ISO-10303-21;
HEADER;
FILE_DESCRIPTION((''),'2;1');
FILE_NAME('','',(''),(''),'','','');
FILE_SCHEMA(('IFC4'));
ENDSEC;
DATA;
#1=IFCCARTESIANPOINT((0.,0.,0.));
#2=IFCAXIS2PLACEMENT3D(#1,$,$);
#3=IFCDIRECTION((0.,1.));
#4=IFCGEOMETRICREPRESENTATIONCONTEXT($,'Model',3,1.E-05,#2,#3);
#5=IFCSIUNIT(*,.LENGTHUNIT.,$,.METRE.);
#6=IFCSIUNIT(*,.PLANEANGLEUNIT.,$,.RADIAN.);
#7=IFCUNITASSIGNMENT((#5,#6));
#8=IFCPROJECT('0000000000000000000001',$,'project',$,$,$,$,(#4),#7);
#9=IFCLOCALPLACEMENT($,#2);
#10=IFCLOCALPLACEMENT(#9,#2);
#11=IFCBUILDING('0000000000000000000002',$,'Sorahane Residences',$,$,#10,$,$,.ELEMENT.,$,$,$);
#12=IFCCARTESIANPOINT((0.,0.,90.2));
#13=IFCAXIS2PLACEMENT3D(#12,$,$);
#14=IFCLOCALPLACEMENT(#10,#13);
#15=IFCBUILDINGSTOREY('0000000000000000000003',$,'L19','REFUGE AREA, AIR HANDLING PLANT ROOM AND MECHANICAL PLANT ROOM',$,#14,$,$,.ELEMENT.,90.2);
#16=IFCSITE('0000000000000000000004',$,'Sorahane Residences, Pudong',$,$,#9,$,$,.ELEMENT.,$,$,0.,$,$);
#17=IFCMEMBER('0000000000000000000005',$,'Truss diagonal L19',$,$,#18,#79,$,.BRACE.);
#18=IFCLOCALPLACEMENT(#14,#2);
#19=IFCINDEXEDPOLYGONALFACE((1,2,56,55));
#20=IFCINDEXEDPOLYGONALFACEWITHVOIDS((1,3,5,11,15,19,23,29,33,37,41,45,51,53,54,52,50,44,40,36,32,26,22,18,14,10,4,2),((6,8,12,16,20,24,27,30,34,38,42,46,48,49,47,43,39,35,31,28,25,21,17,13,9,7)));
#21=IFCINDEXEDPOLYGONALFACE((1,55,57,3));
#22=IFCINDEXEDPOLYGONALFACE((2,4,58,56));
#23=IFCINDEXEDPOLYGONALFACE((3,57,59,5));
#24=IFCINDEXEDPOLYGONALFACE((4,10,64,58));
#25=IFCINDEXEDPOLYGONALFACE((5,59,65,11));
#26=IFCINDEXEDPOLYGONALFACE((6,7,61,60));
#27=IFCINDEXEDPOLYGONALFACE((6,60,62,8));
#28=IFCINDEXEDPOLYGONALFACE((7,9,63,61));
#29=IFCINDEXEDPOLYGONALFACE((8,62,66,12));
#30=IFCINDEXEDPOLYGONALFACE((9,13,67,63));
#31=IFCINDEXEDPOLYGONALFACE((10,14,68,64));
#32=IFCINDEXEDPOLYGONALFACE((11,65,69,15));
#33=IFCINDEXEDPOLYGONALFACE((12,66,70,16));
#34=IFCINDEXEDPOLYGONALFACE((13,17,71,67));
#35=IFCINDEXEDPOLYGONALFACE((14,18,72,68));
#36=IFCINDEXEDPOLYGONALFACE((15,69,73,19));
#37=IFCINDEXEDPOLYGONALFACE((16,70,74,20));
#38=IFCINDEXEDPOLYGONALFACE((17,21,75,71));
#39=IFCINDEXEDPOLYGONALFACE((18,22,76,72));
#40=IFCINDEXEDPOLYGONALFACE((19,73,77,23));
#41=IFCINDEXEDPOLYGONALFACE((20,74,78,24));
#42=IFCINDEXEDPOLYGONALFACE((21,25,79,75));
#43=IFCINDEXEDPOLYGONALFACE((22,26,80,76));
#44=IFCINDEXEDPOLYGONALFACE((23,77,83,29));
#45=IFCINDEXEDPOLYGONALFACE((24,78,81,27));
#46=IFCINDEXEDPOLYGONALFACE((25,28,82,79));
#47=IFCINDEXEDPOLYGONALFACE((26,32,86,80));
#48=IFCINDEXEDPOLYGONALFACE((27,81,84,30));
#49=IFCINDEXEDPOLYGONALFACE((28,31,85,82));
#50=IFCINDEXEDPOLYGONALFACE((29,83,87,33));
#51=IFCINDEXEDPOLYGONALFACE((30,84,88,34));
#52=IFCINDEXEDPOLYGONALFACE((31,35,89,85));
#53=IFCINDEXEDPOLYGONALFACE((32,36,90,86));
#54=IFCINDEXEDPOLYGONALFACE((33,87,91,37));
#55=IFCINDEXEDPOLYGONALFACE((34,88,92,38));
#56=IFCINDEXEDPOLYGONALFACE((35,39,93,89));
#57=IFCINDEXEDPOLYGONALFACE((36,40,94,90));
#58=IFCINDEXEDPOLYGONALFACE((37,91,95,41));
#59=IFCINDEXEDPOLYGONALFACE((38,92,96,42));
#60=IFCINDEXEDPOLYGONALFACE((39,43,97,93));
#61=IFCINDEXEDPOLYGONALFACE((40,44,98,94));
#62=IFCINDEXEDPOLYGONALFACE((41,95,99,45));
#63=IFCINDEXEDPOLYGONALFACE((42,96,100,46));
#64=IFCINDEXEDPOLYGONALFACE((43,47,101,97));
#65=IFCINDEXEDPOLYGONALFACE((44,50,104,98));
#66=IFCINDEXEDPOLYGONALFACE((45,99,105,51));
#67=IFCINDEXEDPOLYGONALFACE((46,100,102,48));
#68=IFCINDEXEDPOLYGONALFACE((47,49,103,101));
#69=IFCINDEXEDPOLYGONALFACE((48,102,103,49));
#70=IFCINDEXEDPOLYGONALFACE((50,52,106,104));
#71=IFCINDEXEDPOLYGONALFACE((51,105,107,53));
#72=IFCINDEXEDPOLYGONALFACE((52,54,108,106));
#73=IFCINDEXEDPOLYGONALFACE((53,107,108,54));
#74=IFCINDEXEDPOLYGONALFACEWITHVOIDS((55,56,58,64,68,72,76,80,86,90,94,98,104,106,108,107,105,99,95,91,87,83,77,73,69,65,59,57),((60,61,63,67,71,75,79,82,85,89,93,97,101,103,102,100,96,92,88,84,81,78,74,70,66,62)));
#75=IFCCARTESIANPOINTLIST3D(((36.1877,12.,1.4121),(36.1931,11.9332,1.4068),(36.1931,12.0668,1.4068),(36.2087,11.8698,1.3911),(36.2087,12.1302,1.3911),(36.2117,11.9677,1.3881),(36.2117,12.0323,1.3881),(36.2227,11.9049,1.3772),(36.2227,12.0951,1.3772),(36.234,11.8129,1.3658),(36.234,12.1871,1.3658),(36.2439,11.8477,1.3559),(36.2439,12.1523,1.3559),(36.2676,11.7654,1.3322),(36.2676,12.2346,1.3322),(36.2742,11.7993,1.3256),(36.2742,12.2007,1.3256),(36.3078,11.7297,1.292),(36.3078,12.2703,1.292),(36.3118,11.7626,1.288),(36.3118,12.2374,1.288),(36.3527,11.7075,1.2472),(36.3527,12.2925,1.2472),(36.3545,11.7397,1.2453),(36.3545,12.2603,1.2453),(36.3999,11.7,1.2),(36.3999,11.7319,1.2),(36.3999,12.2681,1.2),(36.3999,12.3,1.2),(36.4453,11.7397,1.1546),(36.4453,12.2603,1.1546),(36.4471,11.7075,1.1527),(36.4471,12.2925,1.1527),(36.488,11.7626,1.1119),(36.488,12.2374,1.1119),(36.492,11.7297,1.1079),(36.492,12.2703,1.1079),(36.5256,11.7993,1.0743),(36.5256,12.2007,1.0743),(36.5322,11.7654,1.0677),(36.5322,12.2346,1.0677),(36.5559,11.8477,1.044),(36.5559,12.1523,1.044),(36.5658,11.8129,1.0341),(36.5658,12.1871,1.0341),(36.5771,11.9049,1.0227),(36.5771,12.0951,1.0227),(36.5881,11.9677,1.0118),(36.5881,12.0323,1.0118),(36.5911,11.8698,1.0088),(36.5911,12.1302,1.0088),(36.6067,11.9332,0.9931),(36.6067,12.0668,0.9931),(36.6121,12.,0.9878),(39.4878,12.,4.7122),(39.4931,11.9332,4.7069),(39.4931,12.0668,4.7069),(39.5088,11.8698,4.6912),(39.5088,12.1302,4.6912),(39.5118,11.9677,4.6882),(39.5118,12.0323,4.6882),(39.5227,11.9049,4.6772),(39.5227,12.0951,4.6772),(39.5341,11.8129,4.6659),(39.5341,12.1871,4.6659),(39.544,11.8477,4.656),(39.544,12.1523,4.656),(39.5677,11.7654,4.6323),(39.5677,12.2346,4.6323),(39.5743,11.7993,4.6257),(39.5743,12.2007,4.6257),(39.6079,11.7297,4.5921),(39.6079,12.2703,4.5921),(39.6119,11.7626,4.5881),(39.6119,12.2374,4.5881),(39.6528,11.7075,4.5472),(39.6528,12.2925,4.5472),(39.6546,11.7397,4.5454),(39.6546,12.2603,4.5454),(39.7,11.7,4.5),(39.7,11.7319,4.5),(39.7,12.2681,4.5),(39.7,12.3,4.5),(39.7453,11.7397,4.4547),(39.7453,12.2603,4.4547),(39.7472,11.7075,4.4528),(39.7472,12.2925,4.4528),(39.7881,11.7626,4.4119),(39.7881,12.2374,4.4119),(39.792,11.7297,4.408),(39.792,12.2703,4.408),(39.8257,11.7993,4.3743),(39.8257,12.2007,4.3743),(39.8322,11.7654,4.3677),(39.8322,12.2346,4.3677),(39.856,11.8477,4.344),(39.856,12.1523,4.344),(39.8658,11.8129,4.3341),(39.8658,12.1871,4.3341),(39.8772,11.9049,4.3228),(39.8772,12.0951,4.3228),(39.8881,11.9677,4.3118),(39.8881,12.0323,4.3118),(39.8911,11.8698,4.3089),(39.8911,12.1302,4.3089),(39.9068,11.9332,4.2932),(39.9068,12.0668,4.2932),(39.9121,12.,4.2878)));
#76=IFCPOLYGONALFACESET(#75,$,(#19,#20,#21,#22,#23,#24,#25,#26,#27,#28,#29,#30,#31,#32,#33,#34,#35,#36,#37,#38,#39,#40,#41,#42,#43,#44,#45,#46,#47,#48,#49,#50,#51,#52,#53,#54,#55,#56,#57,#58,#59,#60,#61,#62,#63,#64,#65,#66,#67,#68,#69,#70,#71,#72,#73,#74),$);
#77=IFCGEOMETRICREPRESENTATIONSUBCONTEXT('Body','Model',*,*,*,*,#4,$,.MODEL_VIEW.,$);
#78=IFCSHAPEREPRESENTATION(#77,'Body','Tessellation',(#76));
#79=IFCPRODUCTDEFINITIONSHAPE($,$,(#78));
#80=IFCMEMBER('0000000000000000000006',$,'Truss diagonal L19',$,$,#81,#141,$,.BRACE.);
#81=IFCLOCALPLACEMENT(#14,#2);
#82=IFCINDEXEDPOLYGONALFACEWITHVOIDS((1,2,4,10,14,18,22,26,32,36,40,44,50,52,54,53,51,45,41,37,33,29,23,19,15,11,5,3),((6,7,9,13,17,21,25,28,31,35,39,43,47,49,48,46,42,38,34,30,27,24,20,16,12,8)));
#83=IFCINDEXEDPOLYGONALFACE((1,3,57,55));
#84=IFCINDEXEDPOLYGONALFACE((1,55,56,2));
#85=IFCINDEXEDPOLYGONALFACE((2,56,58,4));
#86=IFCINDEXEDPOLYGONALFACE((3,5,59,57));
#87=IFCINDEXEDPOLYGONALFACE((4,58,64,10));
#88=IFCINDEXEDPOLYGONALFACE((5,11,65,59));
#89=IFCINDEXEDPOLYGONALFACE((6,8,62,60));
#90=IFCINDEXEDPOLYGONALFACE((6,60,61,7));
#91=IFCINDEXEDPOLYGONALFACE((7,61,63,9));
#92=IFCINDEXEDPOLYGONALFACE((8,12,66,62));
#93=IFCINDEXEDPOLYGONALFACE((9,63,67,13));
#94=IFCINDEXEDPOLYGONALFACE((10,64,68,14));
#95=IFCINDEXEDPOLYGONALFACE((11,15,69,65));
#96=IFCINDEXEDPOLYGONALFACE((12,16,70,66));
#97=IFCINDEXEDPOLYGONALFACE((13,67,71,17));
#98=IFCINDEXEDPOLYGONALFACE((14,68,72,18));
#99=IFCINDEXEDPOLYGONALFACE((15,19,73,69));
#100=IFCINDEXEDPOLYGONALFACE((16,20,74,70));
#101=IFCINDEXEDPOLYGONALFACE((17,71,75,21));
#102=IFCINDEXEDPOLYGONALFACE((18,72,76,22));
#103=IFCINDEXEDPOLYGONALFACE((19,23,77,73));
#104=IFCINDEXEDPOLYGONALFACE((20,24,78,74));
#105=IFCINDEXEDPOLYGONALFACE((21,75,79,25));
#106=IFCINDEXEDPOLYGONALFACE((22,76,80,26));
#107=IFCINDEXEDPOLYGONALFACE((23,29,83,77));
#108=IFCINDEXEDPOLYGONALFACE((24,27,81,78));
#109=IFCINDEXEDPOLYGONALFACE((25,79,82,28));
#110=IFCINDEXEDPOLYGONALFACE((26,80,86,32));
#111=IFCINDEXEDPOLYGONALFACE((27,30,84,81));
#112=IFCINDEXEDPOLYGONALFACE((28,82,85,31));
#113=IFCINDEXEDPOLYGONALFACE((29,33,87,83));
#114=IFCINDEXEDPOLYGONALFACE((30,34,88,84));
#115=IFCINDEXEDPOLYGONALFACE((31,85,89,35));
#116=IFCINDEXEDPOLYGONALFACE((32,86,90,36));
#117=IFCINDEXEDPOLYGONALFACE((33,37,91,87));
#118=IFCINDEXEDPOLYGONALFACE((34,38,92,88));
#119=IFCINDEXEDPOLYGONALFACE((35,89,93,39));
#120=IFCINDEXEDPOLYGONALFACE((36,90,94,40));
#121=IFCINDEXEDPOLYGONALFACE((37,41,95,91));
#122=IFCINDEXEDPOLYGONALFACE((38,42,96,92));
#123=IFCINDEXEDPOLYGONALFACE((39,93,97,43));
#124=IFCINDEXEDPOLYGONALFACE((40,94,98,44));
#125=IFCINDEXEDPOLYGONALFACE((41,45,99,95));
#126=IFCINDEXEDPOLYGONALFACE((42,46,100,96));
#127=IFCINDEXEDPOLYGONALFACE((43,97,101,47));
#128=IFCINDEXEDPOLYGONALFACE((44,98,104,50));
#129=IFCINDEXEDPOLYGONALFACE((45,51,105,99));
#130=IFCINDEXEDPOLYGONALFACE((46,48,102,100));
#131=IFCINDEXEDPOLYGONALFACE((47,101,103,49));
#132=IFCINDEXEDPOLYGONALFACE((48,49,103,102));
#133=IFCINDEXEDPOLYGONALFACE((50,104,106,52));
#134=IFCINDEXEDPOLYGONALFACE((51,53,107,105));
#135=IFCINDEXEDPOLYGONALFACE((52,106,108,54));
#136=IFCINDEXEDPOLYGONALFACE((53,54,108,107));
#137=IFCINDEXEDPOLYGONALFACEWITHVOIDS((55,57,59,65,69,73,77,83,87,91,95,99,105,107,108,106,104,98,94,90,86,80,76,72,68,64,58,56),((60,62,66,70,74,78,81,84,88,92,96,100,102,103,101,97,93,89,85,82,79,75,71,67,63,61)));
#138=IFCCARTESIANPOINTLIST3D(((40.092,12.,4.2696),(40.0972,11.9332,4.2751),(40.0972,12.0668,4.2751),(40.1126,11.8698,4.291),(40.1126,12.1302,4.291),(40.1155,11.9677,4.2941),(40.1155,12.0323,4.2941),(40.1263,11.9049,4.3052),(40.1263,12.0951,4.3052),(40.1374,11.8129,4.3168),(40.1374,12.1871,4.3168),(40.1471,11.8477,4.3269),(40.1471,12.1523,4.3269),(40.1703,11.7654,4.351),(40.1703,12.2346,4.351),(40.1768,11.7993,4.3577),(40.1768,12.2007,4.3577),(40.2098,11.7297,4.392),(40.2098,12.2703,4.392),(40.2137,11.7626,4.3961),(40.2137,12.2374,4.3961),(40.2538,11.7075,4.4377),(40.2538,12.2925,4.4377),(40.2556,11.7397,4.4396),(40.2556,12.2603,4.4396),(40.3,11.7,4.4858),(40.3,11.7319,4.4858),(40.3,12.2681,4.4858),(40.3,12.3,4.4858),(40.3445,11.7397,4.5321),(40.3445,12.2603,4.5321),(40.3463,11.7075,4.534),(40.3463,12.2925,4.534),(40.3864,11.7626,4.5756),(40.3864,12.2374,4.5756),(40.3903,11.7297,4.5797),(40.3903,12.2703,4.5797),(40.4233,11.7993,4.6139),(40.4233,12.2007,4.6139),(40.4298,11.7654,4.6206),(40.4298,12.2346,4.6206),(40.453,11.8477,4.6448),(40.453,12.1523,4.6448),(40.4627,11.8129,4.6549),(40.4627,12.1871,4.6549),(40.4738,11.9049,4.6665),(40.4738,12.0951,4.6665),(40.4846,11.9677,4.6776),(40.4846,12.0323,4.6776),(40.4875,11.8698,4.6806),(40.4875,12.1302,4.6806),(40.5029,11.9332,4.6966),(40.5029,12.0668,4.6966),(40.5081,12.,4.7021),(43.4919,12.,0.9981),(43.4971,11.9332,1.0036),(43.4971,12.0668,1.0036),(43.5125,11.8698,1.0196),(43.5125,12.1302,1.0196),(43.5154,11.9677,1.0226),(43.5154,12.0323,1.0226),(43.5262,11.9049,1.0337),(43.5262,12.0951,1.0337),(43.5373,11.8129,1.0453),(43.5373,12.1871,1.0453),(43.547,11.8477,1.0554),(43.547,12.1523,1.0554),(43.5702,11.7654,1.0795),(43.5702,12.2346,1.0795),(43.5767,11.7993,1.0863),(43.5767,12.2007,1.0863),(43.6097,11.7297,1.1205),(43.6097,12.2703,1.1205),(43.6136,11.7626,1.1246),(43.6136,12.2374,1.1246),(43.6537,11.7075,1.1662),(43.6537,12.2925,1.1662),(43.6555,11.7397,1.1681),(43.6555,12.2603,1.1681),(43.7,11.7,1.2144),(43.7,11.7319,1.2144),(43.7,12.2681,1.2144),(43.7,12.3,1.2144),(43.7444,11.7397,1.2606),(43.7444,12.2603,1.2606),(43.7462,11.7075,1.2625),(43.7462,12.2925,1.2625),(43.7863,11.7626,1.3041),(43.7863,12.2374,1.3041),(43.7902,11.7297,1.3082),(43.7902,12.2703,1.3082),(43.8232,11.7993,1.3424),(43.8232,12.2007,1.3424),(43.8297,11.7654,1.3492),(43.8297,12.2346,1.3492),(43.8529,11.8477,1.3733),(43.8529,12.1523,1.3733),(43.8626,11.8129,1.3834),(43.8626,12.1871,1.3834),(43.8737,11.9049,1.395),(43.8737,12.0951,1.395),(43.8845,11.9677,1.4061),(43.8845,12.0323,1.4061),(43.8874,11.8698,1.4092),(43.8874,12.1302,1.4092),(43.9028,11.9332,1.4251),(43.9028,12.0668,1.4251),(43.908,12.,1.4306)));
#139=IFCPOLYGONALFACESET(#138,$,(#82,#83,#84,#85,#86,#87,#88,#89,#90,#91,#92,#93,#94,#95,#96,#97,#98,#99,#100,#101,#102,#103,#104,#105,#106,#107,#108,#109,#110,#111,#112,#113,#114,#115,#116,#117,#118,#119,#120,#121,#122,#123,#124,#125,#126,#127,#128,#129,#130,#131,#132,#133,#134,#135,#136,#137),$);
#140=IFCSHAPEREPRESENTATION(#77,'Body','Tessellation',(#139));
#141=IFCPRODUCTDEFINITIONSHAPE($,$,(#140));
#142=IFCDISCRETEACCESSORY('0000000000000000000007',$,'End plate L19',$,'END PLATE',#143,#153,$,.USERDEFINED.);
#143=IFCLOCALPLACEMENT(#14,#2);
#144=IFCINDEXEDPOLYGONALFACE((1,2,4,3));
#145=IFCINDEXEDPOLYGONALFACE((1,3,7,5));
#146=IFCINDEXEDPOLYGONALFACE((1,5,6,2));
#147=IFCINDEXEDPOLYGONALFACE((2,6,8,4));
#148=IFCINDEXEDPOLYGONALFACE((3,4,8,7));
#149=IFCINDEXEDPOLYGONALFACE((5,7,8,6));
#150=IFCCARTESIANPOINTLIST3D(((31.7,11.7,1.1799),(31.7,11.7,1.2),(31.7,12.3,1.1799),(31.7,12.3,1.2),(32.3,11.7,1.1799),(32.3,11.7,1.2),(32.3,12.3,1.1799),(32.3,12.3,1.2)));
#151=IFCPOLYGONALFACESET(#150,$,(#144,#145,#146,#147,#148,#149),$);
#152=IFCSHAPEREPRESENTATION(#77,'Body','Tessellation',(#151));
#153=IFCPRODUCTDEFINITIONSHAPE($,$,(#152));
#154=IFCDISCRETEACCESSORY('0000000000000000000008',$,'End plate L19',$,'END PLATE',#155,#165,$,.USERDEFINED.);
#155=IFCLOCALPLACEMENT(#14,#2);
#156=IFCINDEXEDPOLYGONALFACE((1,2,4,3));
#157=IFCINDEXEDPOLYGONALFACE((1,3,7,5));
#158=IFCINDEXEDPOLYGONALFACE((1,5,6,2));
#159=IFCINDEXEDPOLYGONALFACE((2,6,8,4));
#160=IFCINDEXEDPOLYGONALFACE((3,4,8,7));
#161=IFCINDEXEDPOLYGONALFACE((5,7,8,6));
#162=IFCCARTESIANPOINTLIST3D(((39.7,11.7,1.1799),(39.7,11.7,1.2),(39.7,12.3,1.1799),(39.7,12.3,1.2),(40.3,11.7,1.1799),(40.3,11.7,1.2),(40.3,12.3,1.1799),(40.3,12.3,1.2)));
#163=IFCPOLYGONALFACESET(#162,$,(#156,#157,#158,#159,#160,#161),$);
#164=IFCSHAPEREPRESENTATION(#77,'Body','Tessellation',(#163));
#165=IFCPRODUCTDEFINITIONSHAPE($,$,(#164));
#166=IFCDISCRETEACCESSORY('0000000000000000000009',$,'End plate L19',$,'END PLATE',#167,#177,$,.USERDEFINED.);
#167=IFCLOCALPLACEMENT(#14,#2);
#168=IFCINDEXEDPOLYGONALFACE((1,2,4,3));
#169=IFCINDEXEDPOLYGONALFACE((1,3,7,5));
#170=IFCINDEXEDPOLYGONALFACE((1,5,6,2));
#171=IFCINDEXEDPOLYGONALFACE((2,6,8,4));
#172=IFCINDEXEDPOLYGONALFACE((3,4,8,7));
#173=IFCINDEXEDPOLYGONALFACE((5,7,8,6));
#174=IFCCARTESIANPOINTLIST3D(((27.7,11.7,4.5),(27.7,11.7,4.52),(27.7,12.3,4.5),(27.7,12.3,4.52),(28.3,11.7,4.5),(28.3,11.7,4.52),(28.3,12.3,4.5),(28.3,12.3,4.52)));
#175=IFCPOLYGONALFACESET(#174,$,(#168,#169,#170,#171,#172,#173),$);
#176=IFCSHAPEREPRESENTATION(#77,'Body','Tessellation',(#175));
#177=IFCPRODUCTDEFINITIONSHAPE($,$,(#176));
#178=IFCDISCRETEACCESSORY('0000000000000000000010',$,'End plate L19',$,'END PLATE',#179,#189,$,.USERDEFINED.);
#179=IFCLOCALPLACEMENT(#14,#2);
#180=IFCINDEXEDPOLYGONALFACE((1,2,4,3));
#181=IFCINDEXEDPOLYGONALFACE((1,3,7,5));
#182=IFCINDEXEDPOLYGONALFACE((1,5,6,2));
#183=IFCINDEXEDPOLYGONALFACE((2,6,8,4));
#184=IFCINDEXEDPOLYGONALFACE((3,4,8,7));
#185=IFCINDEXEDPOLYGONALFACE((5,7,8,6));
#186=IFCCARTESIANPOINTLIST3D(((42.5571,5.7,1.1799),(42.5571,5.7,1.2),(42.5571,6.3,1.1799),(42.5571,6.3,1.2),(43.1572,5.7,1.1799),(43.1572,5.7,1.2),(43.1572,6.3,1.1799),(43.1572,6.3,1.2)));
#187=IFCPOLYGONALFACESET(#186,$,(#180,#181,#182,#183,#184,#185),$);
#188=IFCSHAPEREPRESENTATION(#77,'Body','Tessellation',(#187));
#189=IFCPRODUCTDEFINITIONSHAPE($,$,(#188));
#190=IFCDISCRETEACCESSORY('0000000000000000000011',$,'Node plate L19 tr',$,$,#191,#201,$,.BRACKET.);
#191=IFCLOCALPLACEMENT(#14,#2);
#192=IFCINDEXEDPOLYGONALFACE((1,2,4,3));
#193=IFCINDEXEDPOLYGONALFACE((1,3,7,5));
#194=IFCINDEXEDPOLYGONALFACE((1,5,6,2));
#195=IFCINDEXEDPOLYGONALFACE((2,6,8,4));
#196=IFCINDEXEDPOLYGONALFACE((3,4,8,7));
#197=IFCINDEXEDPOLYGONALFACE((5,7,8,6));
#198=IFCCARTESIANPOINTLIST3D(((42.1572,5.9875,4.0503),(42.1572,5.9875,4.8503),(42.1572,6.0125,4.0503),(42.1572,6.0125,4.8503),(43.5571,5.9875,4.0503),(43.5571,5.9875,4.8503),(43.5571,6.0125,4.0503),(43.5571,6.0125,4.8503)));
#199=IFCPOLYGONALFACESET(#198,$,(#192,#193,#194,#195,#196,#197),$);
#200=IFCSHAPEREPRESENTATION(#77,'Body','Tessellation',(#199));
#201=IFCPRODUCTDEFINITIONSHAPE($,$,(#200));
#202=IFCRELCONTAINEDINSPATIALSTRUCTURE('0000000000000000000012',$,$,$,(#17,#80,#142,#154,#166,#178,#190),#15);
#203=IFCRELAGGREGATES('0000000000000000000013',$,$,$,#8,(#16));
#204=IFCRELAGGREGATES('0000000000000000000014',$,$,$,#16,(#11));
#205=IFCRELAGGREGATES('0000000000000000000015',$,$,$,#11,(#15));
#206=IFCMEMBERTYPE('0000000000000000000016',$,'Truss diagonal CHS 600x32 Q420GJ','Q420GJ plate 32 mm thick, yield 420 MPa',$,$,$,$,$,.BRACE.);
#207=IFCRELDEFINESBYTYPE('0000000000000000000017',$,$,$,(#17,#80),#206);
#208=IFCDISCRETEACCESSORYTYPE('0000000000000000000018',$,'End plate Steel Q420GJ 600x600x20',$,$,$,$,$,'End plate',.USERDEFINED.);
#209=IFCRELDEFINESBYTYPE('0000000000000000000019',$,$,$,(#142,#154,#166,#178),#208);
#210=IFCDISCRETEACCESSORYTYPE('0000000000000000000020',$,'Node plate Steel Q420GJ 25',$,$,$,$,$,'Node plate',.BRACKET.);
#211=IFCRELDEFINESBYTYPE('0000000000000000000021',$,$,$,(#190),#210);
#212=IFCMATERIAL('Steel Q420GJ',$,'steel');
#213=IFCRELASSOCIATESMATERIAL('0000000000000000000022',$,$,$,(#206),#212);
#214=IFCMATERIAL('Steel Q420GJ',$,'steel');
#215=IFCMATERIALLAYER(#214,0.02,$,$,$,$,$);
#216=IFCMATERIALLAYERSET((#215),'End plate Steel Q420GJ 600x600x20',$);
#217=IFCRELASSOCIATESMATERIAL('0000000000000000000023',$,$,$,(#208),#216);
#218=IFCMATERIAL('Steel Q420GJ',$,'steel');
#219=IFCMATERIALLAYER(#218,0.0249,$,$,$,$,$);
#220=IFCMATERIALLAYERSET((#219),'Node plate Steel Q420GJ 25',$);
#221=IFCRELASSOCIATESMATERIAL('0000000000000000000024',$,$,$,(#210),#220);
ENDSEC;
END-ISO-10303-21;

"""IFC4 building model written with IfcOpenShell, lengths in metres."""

from ifc_helpers import new_model, si_unit, direction, frame, origin, origin_2d, place, context, subcontext, project, spatial, rectangle, hollow_circle, extrude, material, layer, layer_set, material_profile, profile_set, type_object, element, save


model = new_model("IFC4")

# Units and contexts
model_context = context("Model", 3, precision=1e-05, world=origin(), true_north=direction((0.0, 1.0)))
body_context = subcontext(model_context, "Body", "Model", "MODEL_VIEW")
ifc_project = project(units=[si_unit("LENGTHUNIT", "METRE"), si_unit("PLANEANGLEUNIT", "RADIAN")], contexts=[model_context])

# Site, building, storey
site_placement = place(None, origin())
site = spatial("IfcSite", under=ifc_project, at=site_placement, Name="Sorahane Residences, Pudong", CompositionType="ELEMENT", RefElevation=0.0)
building_placement = place(site_placement, origin())
building = spatial("IfcBuilding", under=site, at=building_placement, Name="Sorahane Residences", CompositionType="ELEMENT")
storey_placement = place(building_placement, frame((0.0, 0.0, 90.2)))
storey = spatial("IfcBuildingStorey", under=building, at=storey_placement, Name="L19", Description="REFUGE AREA, AIR HANDLING PLANT ROOM AND MECHANICAL PLANT ROOM", CompositionType="ELEMENT", Elevation=90.2)

# Members
ifc_material_1 = material(Name="Steel Q420GJ", Category="steel")
ifc_material_profile_1 = material_profile(ifc_material_1, hollow_circle(Radius=0.3, WallThickness=0.032, at=origin_2d()), Name="CHS 600x32")
ifc_profile_set_1 = profile_set([ifc_material_profile_1], Name="Steel Q420GJ")
member_type = type_object("IfcMemberType", Name="Truss diagonal CHS 600x32 Q420GJ", Description="Q420GJ plate 32 mm thick, yield 420 MPa", PredefinedType="BRACE", material=ifc_profile_set_1)
for number, where, z_axis, x_axis, name in (
    (1, (36.3999, 12.0, 1.2), (0.707107, 0.0, 0.707107), (0.0, 1.0, 0.0), "Truss diagonal L19"),
):
    element("IfcMember", number, at=place(storey_placement, frame(where, z_axis=z_axis, x_axis=x_axis)), inside=storey, type_object=member_type, Name=name, PredefinedType="BRACE", context=body_context, shape_type="SweptSolid", body=[
        extrude(hollow_circle(Radius=0.3, WallThickness=0.032, at=origin_2d()), origin(), (0.0, 0.0, 1.0), 4.667),
    ])
member_1_placement = place(storey_placement, frame((40.3, 12.0, 4.4858), z_axis=(0.720584, 0.0, -0.693367), x_axis=(0.0, 1.0, 0.0)))
element("IfcMember", 2, at=member_1_placement, inside=storey, type_object=member_type, Name="Truss diagonal L19", PredefinedType="BRACE", context=body_context, shape_type="SweptSolid", body=[
    extrude(hollow_circle(Radius=0.3, WallThickness=0.032, at=origin_2d()), origin(), (0.0, 0.0, 1.0), 4.7183),
])

# Discrete accessories
ifc_material_2 = material(Name="Steel Q420GJ", Category="steel")
ifc_layer_1 = layer(ifc_material_2, 0.02)
ifc_layer_set_1 = layer_set([ifc_layer_1], Name="End plate Steel Q420GJ 600x600x20")
discrete_accessory_type_1 = type_object("IfcDiscreteAccessoryType", Name="End plate Steel Q420GJ 600x600x20", ElementType="End plate", PredefinedType="USERDEFINED", material=ifc_layer_set_1)
for number, where, z_axis, x_axis, name in (
    (3, (32.0, 12.0, 1.1799), (0.0, 0.0, 1.0), (1.0, 0.0, 0.0), "End plate L19"),
    (4, (40.0, 12.0, 1.1799), (0.0, 0.0, 1.0), (1.0, 0.0, 0.0), "End plate L19"),
    (5, (28.0, 12.0, 4.5), (0.0, 0.0, 1.0), (1.0, 0.0, 0.0), "End plate L19"),
    (6, (42.8572, 6.0, 1.1799), (0.0, 0.0, 1.0), (1.0, 0.0, 0.0), "End plate L19"),
):
    element("IfcDiscreteAccessory", number, at=place(storey_placement, frame(where, z_axis=z_axis, x_axis=x_axis)), inside=storey, type_object=discrete_accessory_type_1, Name=name, ObjectType="END PLATE", PredefinedType="USERDEFINED", context=body_context, shape_type="SweptSolid", body=[
        extrude(rectangle(XDim=0.6001, YDim=0.6001, at=origin_2d()), origin(), (0.0, 0.0, 1.0), 0.02),
    ])
ifc_material_3 = material(Name="Steel Q420GJ", Category="steel")
ifc_layer_2 = layer(ifc_material_3, 0.0249)
ifc_layer_set_2 = layer_set([ifc_layer_2], Name="Node plate Steel Q420GJ 25")
discrete_accessory_type_2 = type_object("IfcDiscreteAccessoryType", Name="Node plate Steel Q420GJ 25", ElementType="Node plate", PredefinedType="BRACKET", material=ifc_layer_set_2)
discrete_accessory_1_placement = place(storey_placement, frame((42.8572, 6.0, 4.0503), z_axis=(0.0, 0.0, 1.0), x_axis=(1.0, 0.0, 0.0)))
element("IfcDiscreteAccessory", 7, at=discrete_accessory_1_placement, inside=storey, type_object=discrete_accessory_type_2, Name="Node plate L19 tr", PredefinedType="BRACKET", context=body_context, shape_type="SweptSolid", body=[
    extrude(rectangle(XDim=1.3999, YDim=0.0249, at=origin_2d()), origin(), (0.0, 0.0, 1.0), 0.8),
])

save(model, "model.ifc")
